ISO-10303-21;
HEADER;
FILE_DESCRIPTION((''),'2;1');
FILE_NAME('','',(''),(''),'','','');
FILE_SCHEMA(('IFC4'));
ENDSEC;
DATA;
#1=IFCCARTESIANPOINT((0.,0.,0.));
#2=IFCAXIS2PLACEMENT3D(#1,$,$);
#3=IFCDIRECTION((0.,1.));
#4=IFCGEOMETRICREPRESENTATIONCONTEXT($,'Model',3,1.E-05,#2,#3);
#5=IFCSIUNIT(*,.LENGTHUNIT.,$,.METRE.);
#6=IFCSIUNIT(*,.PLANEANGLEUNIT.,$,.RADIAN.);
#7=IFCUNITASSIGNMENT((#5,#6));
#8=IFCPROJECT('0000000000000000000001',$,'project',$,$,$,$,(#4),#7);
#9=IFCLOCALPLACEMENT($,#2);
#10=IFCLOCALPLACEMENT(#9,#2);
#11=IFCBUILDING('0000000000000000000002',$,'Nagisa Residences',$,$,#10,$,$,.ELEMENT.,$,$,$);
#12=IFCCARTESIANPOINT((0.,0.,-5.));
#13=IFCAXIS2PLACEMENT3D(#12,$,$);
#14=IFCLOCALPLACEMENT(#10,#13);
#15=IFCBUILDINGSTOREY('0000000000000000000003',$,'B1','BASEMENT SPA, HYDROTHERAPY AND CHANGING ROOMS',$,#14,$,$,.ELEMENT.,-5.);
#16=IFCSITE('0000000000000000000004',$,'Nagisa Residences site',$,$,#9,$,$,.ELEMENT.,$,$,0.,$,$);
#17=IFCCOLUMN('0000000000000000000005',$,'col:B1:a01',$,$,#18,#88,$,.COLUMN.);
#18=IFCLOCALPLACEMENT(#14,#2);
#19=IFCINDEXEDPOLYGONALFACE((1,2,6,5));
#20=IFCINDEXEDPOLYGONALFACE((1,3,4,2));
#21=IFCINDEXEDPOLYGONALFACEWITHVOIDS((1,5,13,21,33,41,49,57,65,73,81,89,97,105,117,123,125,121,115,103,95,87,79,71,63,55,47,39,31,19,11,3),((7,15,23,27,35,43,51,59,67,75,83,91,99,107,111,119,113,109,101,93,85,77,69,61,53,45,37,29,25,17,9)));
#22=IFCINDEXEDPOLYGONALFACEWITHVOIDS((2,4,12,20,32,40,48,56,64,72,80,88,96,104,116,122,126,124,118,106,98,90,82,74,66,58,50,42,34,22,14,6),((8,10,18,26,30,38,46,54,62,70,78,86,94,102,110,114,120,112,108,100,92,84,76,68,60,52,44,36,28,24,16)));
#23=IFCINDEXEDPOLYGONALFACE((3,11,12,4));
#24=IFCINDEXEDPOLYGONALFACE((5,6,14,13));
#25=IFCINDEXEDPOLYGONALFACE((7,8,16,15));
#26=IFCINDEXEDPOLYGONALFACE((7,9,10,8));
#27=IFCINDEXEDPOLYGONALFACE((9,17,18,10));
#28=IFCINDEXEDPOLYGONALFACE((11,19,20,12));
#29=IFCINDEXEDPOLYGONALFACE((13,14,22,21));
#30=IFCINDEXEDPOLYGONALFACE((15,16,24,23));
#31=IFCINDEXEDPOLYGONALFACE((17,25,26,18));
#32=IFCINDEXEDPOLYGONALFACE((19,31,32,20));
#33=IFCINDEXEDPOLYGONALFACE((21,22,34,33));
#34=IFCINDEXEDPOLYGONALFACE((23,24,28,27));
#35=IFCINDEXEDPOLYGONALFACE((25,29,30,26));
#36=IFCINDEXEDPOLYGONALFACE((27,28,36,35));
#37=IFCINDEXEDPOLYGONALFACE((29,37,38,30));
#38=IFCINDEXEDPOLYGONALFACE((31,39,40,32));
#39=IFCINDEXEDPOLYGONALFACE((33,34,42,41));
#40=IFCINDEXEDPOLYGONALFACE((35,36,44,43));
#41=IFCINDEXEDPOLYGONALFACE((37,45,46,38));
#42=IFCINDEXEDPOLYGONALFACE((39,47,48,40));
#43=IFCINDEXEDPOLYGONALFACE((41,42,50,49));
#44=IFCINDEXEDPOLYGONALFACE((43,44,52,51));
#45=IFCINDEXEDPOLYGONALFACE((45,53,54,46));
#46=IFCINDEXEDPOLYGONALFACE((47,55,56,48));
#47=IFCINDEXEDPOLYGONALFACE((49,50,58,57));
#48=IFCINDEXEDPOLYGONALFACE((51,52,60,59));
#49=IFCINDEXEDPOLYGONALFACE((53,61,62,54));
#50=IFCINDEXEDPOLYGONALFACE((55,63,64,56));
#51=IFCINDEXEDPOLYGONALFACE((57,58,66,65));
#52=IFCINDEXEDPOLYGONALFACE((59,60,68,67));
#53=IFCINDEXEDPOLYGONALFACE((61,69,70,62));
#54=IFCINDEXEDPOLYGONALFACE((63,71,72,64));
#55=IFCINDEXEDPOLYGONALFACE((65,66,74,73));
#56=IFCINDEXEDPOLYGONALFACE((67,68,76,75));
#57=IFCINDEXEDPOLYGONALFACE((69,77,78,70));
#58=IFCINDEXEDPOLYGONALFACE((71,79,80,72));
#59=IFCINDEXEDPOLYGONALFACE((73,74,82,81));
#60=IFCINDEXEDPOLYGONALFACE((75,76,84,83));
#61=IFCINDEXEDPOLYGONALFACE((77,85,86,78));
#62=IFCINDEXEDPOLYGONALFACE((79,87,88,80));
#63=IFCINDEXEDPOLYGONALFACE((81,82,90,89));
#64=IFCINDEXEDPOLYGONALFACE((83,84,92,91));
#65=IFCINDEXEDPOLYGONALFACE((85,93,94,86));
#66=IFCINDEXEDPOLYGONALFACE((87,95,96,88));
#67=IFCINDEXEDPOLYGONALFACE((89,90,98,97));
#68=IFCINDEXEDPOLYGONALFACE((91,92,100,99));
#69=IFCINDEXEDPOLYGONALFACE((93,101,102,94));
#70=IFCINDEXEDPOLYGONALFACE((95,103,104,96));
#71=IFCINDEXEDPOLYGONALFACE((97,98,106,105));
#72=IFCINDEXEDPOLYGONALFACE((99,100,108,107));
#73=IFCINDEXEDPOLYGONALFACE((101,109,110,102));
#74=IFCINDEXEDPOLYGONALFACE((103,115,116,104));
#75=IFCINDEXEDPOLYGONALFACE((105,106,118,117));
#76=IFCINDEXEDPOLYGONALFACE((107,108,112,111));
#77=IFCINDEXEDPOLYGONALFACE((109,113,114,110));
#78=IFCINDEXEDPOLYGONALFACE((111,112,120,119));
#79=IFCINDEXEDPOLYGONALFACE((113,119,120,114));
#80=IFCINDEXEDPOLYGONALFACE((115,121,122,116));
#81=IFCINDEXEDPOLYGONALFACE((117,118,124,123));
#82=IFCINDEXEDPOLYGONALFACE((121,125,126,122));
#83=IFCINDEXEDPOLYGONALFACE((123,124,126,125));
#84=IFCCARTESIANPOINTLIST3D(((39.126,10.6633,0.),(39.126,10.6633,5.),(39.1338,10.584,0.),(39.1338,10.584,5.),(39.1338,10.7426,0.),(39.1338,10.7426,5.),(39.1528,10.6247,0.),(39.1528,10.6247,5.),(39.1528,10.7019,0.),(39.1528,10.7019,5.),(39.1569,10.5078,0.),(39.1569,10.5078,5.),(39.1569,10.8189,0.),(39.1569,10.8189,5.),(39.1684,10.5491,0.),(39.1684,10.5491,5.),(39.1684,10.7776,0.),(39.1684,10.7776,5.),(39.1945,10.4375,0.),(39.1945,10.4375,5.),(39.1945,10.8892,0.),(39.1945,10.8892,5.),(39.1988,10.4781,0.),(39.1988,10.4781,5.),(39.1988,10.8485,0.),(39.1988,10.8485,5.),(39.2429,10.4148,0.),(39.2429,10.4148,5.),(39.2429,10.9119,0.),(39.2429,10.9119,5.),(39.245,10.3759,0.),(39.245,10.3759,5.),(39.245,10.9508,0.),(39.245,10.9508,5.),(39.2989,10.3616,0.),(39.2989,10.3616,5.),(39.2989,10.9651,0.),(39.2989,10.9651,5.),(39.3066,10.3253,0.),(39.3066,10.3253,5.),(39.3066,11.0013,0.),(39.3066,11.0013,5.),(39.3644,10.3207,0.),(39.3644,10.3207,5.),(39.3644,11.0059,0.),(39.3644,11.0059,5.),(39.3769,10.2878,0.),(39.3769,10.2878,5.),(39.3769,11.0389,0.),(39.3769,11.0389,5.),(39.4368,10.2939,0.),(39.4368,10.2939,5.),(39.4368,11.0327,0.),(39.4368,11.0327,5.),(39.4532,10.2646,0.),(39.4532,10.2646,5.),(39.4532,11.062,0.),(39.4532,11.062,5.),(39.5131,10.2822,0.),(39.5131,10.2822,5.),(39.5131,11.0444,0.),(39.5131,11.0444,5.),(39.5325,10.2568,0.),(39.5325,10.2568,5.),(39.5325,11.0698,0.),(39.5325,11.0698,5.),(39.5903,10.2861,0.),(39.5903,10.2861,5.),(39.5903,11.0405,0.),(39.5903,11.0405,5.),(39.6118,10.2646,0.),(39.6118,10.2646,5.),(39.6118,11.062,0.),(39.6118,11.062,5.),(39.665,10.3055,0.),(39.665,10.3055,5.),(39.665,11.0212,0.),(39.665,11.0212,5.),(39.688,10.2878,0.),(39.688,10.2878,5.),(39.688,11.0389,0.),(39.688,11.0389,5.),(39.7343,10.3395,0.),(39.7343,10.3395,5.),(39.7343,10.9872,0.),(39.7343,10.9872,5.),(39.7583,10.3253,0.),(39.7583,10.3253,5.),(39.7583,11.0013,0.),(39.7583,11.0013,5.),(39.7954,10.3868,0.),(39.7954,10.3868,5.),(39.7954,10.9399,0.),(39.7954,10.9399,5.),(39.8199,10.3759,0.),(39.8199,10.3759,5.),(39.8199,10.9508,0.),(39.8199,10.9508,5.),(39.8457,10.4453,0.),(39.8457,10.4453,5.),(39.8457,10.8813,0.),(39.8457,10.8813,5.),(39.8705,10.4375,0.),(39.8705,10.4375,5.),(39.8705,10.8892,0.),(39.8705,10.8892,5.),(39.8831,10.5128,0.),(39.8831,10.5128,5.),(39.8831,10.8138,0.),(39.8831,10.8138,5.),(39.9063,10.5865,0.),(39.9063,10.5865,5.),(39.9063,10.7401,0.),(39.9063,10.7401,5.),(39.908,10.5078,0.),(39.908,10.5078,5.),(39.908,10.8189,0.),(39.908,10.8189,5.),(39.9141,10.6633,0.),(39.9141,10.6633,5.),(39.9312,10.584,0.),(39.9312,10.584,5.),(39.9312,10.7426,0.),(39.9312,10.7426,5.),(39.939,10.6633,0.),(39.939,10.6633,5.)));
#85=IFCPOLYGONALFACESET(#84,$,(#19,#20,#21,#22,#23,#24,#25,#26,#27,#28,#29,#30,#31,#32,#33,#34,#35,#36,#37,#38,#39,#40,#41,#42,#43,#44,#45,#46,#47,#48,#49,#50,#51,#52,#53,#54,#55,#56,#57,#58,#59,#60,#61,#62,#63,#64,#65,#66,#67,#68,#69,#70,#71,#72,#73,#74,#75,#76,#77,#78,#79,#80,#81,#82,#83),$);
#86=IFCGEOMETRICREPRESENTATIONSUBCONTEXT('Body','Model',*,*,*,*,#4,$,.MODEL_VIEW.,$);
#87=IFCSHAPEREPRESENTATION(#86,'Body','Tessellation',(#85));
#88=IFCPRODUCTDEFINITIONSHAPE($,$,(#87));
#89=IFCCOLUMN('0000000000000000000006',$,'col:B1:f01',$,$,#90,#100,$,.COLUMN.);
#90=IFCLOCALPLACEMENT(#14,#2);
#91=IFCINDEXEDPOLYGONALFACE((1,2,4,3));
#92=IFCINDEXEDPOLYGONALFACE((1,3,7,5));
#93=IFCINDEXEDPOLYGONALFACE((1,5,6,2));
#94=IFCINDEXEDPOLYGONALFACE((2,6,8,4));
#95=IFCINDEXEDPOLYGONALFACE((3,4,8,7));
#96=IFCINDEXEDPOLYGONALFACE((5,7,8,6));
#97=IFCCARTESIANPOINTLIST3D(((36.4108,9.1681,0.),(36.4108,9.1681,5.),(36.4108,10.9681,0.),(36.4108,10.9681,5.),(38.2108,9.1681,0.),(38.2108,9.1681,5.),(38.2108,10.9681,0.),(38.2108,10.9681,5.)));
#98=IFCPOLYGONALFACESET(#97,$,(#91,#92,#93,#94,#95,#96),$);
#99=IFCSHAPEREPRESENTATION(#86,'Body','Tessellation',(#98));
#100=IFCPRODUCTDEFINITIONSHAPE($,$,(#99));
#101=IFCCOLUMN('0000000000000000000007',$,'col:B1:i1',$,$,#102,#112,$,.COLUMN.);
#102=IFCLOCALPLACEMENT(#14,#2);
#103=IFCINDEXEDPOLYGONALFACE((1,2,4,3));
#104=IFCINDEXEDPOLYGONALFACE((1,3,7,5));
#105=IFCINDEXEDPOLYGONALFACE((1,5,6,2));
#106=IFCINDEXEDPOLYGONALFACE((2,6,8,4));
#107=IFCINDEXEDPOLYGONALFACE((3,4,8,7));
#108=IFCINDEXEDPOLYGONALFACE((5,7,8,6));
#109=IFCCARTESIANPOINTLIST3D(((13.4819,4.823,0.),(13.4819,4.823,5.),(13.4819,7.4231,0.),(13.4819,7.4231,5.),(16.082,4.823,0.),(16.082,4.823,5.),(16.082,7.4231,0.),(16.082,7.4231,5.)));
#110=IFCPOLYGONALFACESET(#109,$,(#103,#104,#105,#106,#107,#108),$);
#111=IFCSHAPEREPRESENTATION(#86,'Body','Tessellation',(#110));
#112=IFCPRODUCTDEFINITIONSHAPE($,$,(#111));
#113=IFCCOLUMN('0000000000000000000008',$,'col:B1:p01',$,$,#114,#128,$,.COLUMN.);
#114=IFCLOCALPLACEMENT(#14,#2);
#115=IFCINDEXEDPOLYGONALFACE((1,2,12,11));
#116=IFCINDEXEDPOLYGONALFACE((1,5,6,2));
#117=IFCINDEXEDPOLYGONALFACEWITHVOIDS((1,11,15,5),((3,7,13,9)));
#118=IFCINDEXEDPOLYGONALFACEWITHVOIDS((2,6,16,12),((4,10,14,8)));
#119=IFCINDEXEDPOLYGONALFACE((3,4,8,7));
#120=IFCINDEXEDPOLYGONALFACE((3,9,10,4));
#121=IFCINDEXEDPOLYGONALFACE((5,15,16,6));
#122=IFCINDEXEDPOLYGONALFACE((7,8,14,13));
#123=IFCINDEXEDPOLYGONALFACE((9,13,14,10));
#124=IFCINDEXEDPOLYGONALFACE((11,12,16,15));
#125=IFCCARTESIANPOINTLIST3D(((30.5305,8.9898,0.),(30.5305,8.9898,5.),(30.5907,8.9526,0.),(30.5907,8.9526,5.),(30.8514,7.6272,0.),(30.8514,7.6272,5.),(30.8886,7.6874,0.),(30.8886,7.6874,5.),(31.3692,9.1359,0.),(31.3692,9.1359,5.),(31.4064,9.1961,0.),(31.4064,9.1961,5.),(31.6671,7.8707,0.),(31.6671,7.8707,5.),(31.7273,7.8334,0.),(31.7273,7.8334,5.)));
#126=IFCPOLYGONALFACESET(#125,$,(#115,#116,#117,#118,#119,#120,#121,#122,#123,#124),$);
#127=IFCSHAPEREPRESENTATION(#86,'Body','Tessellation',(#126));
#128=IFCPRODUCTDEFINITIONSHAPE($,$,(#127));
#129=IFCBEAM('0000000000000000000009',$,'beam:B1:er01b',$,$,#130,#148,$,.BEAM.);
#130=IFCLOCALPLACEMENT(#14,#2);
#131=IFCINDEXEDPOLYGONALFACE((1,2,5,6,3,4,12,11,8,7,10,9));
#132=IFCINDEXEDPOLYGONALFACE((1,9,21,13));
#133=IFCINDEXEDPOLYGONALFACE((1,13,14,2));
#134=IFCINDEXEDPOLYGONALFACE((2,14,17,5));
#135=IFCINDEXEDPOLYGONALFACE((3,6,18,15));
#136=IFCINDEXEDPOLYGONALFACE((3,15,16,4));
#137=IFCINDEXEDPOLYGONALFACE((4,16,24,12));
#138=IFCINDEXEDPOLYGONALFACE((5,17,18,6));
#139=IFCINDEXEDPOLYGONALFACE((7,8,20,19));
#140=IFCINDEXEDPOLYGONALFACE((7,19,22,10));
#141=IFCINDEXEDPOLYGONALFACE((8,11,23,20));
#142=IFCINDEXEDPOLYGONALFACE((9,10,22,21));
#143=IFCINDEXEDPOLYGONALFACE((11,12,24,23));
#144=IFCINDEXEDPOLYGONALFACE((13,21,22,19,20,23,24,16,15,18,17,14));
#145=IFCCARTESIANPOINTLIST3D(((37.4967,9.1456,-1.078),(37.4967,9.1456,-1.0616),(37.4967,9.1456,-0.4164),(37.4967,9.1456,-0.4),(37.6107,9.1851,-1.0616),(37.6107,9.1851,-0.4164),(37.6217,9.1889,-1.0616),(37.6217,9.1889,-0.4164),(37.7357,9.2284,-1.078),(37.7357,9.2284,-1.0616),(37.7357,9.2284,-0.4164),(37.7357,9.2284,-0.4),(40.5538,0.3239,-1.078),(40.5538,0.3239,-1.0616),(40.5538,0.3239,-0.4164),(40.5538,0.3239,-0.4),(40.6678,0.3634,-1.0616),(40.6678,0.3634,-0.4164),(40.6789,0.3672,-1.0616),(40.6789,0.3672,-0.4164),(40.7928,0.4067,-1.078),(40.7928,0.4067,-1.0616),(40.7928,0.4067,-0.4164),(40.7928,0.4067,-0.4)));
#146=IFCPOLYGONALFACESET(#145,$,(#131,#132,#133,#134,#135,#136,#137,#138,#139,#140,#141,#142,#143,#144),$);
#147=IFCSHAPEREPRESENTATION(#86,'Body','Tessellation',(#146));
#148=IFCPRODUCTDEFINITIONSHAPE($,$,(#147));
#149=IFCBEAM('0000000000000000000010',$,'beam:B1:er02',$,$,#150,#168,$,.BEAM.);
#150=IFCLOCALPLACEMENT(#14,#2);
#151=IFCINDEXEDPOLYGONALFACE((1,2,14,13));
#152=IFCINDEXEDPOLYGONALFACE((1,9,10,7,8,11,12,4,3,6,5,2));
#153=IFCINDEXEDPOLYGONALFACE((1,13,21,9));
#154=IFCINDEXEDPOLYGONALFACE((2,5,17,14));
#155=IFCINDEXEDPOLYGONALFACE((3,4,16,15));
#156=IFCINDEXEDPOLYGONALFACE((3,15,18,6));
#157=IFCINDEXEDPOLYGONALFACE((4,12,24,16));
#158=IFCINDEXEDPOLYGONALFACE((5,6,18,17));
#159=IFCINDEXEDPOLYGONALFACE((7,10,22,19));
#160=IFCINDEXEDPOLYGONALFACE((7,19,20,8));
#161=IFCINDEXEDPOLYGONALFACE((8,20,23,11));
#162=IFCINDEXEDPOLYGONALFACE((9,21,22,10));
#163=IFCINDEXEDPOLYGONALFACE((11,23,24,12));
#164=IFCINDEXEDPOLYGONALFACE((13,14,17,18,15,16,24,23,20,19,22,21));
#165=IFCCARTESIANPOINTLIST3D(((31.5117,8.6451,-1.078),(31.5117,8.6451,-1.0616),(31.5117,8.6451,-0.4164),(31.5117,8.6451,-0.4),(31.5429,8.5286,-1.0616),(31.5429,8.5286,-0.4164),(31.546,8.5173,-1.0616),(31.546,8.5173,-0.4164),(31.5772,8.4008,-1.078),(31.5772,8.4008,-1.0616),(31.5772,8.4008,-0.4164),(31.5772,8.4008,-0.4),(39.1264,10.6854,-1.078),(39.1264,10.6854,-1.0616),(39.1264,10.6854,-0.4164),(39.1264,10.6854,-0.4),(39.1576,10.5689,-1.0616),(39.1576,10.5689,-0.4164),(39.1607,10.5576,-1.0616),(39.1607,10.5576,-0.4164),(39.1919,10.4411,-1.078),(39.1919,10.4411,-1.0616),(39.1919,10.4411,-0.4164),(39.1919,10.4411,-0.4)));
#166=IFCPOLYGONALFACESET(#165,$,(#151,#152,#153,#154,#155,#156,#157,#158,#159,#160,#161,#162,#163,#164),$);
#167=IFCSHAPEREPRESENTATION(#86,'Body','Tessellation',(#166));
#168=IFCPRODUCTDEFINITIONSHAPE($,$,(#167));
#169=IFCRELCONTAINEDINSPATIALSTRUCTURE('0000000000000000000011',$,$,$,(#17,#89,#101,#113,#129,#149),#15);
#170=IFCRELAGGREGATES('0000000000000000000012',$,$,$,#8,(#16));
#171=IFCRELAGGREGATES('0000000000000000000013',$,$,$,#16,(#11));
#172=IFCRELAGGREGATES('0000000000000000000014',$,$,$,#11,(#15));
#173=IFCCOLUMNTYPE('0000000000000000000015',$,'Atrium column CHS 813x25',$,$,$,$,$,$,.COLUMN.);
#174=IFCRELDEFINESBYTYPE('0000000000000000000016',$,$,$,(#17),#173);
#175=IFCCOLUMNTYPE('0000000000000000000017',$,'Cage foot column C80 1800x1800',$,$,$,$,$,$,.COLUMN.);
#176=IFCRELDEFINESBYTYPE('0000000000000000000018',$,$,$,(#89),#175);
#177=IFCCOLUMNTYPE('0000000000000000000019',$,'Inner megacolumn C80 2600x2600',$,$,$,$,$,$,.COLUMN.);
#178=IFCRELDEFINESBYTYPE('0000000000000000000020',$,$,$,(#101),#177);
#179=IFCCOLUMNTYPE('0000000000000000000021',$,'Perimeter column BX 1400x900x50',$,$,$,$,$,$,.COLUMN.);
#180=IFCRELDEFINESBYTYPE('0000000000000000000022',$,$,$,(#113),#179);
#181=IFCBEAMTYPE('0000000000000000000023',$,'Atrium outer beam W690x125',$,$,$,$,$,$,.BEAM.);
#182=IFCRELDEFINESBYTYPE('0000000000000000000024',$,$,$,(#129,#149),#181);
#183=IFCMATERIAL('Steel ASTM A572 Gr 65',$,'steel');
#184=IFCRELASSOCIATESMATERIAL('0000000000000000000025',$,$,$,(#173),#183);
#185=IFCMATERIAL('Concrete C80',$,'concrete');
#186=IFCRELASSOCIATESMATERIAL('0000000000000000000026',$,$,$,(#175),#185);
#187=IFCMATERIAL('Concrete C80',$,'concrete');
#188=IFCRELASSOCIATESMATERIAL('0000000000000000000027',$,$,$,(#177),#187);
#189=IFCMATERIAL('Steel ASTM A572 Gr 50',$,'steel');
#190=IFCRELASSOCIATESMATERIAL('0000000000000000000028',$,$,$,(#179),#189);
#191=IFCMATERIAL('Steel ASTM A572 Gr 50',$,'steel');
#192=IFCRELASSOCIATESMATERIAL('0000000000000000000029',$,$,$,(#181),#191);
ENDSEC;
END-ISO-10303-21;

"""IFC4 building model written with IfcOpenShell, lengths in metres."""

from ifc_helpers import new_model, si_unit, direction, frame, origin, origin_2d, place, context, subcontext, project, spatial, rectangle, hollow_rectangle, hollow_circle, i_section, extrude, material, material_profile, profile_set, type_object, element, save


model = new_model("IFC4")

# Units and contexts
model_context = context("Model", 3, precision=1e-05, world=origin(), true_north=direction((0.0, 1.0)))
body_context = subcontext(model_context, "Body", "Model", "MODEL_VIEW")
ifc_project = project(units=[si_unit("LENGTHUNIT", "METRE"), si_unit("PLANEANGLEUNIT", "RADIAN")], contexts=[model_context])

# Site, building, storey
site_placement = place(None, origin())
site = spatial("IfcSite", under=ifc_project, at=site_placement, Name="Nagisa Residences site", CompositionType="ELEMENT", RefElevation=0.0)
building_placement = place(site_placement, origin())
building = spatial("IfcBuilding", under=site, at=building_placement, Name="Nagisa Residences", CompositionType="ELEMENT")
storey_placement = place(building_placement, frame((0.0, 0.0, -5.0)))
storey = spatial("IfcBuildingStorey", under=building, at=storey_placement, Name="B1", Description="BASEMENT SPA, HYDROTHERAPY AND CHANGING ROOMS", CompositionType="ELEMENT", Elevation=-5.0)

# Columns
ifc_material_1 = material(Name="Steel ASTM A572 Gr 65", Category="steel")
ifc_material_profile_1 = material_profile(ifc_material_1, hollow_circle(Radius=0.4065, WallThickness=0.0249, at=origin_2d()), Name="CHS 813x25")
ifc_profile_set_1 = profile_set([ifc_material_profile_1], Name="Steel ASTM A572 Gr 65")
column_type_1 = type_object("IfcColumnType", Name="Atrium column CHS 813x25", PredefinedType="COLUMN", material=ifc_profile_set_1)
column_1_placement = place(storey_placement, frame((39.5325, 10.6633, 0.0), z_axis=(0.0, 0.0, 1.0), x_axis=(1.0, 0.0, 0.0)))
element("IfcColumn", 1, at=column_1_placement, inside=storey, type_object=column_type_1, Name="col:B1:a01", PredefinedType="COLUMN", context=body_context, shape_type="SweptSolid", body=[
    extrude(hollow_circle(Radius=0.4065, WallThickness=0.0249, at=origin_2d()), origin(), (0.0, 0.0, 1.0), 5.0),
])
ifc_material_2 = material(Name="Concrete C80", Category="concrete")
ifc_material_profile_2 = material_profile(ifc_material_2, rectangle(XDim=1.8, YDim=1.8, at=origin_2d()), Name="C80 1800x1800")
ifc_profile_set_2 = profile_set([ifc_material_profile_2], Name="Concrete C80")
column_type_2 = type_object("IfcColumnType", Name="Cage foot column C80 1800x1800", PredefinedType="COLUMN", material=ifc_profile_set_2)
column_2_placement = place(storey_placement, frame((37.3108, 10.0681, 0.0), z_axis=(0.0, 0.0, 1.0), x_axis=(1.0, 0.0, 0.0)))
element("IfcColumn", 2, at=column_2_placement, inside=storey, type_object=column_type_2, Name="col:B1:f01", PredefinedType="COLUMN", context=body_context, shape_type="SweptSolid", body=[
    extrude(rectangle(XDim=1.8, YDim=1.8, at=origin_2d()), origin(), (0.0, 0.0, 1.0), 5.0),
])
ifc_material_3 = material(Name="Concrete C80", Category="concrete")
ifc_material_profile_3 = material_profile(ifc_material_3, rectangle(XDim=2.6001, YDim=2.6001, at=origin_2d()), Name="C80 2600x2600")
ifc_profile_set_3 = profile_set([ifc_material_profile_3], Name="Concrete C80")
column_type_3 = type_object("IfcColumnType", Name="Inner megacolumn C80 2600x2600", PredefinedType="COLUMN", material=ifc_profile_set_3)
column_3_placement = place(storey_placement, frame((14.782, 6.123, 0.0), z_axis=(0.0, 0.0, 1.0), x_axis=(1.0, 0.0, 0.0)))
element("IfcColumn", 3, at=column_3_placement, inside=storey, type_object=column_type_3, Name="col:B1:i1", PredefinedType="COLUMN", context=body_context, shape_type="SweptSolid", body=[
    extrude(rectangle(XDim=2.6001, YDim=2.6001, at=origin_2d()), origin(), (0.0, 0.0, 1.0), 5.0),
])
ifc_material_4 = material(Name="Steel ASTM A572 Gr 50", Category="steel")
ifc_material_profile_4 = material_profile(ifc_material_4, hollow_rectangle(XDim=1.3999, YDim=0.8999, WallThickness=0.05, at=origin_2d()), Name="BX 1400x900x50")
ifc_profile_set_4 = profile_set([ifc_material_profile_4], Name="Steel ASTM A572 Gr 50")
column_type_4 = type_object("IfcColumnType", Name="Perimeter column BX 1400x900x50", PredefinedType="COLUMN", material=ifc_profile_set_4)
column_4_placement = place(storey_placement, frame((31.1289, 8.4116, 0.0), z_axis=(0.0, 0.0, 1.0), x_axis=(-0.229202, 0.973379, 0.0)))
element("IfcColumn", 4, at=column_4_placement, inside=storey, type_object=column_type_4, Name="col:B1:p01", PredefinedType="COLUMN", context=body_context, shape_type="SweptSolid", body=[
    extrude(hollow_rectangle(XDim=1.3999, YDim=0.8999, WallThickness=0.05, at=origin_2d()), origin(), (0.0, 0.0, 1.0), 5.0),
])

# Beams
ifc_material_5 = material(Name="Steel ASTM A572 Gr 50", Category="steel")
ifc_material_profile_5 = material_profile(ifc_material_5, i_section(OverallWidth=0.2529, OverallDepth=0.678, WebThickness=0.0117, FlangeThickness=0.0164, at=origin_2d()), Name="W690x125")
ifc_profile_set_5 = profile_set([ifc_material_profile_5], Name="Steel ASTM A572 Gr 50")
beam_type_1 = type_object("IfcBeamType", Name="Atrium outer beam W690x125", PredefinedType="BEAM", material=ifc_profile_set_5)
beam_1_placement = place(storey_placement, frame((37.6162, 9.187, -0.739), z_axis=(0.327439, -0.944872, 0.0), x_axis=(0.944872, 0.327439, 0.0)))
element("IfcBeam", 5, at=beam_1_placement, inside=storey, type_object=beam_type_1, Name="beam:B1:er01b", PredefinedType="BEAM", context=body_context, shape_type="SweptSolid", body=[
    extrude(i_section(OverallWidth=0.2529, OverallDepth=0.678, WebThickness=0.0117, FlangeThickness=0.0164, at=origin_2d()), origin(), (0.0, 0.0, 1.0), 9.3364),
])
beam_2_placement = place(storey_placement, frame((31.5444, 8.5229, -0.739), z_axis=(0.965928, 0.258809, 0.0), x_axis=(-0.258809, 0.965928, 0.0)))
element("IfcBeam", 6, at=beam_2_placement, inside=storey, type_object=beam_type_1, Name="beam:B1:er02", PredefinedType="BEAM", context=body_context, shape_type="SweptSolid", body=[
    extrude(i_section(OverallWidth=0.2529, OverallDepth=0.678, WebThickness=0.0117, FlangeThickness=0.0164, at=origin_2d()), origin(), (0.0, 0.0, 1.0), 7.8833),
])

save(model, "model.ifc")
